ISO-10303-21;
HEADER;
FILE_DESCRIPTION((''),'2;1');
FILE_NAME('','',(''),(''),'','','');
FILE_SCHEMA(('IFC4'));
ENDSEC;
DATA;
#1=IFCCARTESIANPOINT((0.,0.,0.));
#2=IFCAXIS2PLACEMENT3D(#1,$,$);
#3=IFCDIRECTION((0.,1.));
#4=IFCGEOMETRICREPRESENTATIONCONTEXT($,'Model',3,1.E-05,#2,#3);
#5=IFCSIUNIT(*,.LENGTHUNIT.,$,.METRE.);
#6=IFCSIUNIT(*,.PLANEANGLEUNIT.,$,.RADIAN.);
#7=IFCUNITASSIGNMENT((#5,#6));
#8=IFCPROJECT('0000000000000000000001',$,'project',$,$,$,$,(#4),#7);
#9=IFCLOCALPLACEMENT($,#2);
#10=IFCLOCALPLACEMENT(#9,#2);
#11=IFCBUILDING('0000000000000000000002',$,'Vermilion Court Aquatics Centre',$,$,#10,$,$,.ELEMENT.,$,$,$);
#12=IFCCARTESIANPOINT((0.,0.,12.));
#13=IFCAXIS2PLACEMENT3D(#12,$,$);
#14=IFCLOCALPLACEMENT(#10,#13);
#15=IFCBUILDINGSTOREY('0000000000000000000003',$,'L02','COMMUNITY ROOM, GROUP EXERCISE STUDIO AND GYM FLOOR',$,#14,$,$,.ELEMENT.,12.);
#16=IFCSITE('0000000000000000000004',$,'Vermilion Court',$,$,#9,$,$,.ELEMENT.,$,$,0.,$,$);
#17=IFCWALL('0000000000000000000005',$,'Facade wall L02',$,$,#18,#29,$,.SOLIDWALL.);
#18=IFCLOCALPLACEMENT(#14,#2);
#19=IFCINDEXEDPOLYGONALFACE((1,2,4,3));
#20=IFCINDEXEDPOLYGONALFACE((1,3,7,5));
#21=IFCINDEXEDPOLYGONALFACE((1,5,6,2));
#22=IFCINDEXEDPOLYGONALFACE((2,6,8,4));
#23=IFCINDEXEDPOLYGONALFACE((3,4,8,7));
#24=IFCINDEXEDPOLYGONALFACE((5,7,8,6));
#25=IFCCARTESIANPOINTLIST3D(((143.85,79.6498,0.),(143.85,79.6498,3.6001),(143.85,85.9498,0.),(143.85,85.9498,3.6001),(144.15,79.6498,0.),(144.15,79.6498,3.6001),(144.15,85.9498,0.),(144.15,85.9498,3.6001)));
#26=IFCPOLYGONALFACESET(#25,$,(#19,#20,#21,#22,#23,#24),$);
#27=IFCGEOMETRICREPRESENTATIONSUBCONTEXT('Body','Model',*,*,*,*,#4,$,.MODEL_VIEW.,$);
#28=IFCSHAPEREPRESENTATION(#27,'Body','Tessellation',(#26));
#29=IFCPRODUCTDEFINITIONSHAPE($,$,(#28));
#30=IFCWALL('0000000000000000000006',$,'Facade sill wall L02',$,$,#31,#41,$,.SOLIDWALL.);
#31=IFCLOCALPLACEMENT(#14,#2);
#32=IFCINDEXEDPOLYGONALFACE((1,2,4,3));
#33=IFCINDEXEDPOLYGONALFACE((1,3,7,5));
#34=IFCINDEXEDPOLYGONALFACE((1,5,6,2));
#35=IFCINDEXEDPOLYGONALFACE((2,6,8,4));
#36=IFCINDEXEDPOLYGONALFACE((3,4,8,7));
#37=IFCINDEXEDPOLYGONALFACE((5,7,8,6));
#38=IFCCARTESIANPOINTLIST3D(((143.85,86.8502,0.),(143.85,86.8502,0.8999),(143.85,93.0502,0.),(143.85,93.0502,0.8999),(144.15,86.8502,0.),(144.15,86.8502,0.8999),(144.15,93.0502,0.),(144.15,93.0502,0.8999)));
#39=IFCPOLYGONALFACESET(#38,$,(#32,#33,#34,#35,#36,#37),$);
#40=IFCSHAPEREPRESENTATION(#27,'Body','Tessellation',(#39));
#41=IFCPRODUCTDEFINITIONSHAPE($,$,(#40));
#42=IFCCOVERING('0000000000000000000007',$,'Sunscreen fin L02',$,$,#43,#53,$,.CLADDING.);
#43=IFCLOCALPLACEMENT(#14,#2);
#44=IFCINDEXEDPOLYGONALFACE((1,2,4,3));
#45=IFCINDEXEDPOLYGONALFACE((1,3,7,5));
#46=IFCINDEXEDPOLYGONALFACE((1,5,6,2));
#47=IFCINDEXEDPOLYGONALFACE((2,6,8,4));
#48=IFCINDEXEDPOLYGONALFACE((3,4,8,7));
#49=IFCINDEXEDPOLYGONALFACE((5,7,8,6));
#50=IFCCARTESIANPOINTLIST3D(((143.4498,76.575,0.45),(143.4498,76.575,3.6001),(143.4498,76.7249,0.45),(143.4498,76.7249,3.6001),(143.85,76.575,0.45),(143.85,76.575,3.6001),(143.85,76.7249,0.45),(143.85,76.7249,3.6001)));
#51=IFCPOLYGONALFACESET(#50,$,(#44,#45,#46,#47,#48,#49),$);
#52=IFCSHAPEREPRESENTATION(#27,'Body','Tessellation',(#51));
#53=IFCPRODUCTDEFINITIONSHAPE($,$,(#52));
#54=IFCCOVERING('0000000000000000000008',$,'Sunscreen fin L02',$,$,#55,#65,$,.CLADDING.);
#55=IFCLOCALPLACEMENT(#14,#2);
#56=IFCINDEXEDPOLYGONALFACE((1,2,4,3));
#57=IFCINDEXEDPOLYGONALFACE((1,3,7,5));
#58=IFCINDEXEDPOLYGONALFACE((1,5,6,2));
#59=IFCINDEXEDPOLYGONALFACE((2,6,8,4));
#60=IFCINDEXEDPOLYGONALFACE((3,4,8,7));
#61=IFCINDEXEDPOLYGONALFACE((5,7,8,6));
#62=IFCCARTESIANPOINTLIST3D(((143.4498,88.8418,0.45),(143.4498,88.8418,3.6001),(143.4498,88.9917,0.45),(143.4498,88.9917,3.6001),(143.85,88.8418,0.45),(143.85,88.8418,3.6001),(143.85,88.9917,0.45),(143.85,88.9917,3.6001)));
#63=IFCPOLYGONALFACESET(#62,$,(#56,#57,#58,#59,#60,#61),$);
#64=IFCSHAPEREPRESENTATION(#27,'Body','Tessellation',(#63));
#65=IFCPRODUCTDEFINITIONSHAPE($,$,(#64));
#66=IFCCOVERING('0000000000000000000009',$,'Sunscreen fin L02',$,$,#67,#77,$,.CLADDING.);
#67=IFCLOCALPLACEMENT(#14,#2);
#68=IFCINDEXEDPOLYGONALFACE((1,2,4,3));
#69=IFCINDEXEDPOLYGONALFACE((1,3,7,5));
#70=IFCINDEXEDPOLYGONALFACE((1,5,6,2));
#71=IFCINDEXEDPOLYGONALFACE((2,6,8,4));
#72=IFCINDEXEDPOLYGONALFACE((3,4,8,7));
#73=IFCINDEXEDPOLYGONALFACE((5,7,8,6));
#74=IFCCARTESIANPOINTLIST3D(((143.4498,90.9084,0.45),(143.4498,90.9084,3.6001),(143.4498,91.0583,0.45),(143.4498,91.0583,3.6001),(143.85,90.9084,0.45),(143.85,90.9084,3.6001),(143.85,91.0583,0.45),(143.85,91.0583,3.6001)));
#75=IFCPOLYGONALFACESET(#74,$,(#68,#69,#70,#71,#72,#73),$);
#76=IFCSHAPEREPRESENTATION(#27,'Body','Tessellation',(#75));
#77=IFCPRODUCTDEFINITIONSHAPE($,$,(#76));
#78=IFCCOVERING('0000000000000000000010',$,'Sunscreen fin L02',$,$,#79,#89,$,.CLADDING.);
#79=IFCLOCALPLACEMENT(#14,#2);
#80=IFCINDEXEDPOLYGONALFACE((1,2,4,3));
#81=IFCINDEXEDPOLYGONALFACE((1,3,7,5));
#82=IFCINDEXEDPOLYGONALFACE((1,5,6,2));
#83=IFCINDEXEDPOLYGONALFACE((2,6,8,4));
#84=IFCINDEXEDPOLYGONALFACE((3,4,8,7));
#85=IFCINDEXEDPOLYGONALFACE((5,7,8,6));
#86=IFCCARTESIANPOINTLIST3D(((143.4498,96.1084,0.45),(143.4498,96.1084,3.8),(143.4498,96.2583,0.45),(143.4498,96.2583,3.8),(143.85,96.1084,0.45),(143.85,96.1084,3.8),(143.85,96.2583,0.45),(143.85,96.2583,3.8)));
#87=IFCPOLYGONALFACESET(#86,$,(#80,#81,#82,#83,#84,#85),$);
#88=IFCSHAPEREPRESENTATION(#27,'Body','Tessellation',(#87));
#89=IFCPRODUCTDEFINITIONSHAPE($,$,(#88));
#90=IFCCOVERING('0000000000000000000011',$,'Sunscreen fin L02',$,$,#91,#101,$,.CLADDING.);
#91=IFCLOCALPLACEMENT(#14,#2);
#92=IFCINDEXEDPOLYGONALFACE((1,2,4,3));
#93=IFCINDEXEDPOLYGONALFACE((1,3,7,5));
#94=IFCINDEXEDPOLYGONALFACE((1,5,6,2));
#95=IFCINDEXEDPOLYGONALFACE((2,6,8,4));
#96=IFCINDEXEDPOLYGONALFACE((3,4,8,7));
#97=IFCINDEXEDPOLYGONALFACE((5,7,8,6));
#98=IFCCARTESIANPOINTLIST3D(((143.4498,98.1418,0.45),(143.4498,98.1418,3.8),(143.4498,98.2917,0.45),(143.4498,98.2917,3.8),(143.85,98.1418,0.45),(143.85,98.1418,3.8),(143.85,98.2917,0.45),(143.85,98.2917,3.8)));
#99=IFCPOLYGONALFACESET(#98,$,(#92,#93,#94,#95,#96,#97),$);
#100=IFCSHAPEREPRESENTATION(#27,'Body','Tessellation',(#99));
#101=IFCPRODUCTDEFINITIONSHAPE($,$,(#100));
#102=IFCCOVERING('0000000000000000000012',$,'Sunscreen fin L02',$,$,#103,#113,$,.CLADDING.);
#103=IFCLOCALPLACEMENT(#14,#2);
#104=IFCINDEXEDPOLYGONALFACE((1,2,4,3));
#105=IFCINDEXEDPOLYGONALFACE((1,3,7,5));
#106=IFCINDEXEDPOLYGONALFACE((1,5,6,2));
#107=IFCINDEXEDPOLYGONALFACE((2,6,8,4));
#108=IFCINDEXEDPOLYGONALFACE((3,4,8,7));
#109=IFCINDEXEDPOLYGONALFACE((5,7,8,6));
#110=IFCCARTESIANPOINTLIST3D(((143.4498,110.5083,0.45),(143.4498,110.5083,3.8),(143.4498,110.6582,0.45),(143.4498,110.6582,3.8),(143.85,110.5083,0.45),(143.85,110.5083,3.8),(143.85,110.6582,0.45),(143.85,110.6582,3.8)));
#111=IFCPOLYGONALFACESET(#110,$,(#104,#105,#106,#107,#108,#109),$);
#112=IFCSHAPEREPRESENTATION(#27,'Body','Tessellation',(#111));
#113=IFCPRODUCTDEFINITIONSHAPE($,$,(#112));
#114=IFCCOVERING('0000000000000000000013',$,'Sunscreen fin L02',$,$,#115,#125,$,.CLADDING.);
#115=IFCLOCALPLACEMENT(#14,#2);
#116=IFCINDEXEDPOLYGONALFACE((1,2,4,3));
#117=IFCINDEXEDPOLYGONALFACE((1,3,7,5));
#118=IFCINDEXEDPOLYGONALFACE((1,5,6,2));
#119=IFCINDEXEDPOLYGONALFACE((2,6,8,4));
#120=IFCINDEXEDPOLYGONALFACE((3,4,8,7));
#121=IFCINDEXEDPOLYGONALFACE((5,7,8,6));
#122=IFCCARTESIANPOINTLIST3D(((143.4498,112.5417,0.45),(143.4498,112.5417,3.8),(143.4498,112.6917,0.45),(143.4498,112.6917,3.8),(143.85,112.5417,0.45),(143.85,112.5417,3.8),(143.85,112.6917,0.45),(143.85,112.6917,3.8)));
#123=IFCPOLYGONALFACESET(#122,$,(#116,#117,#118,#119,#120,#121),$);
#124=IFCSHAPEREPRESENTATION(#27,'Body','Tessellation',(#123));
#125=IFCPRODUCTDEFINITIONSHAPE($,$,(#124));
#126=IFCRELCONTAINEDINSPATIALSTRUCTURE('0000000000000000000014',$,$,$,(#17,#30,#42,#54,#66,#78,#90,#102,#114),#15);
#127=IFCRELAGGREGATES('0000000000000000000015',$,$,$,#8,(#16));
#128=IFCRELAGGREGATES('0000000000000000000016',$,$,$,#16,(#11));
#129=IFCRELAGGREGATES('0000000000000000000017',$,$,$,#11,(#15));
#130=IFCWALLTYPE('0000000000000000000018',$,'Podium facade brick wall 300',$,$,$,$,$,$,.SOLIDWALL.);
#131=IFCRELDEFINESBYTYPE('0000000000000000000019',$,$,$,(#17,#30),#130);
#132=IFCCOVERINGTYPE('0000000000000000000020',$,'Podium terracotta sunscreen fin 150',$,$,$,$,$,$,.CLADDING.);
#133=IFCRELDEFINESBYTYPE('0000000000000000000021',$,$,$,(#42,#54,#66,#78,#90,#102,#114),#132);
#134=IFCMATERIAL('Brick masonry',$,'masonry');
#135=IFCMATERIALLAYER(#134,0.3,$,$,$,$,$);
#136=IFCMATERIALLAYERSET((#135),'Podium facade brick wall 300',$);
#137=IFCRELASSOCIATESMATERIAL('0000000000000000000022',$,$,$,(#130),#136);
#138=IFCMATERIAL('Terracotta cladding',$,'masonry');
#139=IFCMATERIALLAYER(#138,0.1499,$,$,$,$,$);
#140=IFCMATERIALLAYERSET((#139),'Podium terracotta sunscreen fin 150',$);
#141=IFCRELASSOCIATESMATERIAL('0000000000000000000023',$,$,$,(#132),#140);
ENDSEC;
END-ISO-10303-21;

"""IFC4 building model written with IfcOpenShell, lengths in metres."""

from ifc_helpers import new_model, si_unit, direction, frame, frame_2d, origin, place, context, subcontext, project, spatial, rectangle, extrude, material, layer, layer_set, type_object, element, save


model = new_model("IFC4")

# Units and contexts
model_context = context("Model", 3, precision=1e-05, world=origin(), true_north=direction((0.0, 1.0)))
body_context = subcontext(model_context, "Body", "Model", "MODEL_VIEW")
ifc_project = project(units=[si_unit("LENGTHUNIT", "METRE"), si_unit("PLANEANGLEUNIT", "RADIAN")], contexts=[model_context])

# Site, building, storey
site_placement = place(None, origin())
site = spatial("IfcSite", under=ifc_project, at=site_placement, Name="Vermilion Court", CompositionType="ELEMENT", RefElevation=0.0)
building_placement = place(site_placement, origin())
building = spatial("IfcBuilding", under=site, at=building_placement, Name="Vermilion Court Aquatics Centre", CompositionType="ELEMENT")
storey_placement = place(building_placement, frame((0.0, 0.0, 12.0)))
storey = spatial("IfcBuildingStorey", under=building, at=storey_placement, Name="L02", Description="COMMUNITY ROOM, GROUP EXERCISE STUDIO AND GYM FLOOR", CompositionType="ELEMENT", Elevation=12.0)

# Walls
ifc_material_1 = material(Name="Brick masonry", Category="masonry")
ifc_layer_1 = layer(ifc_material_1, 0.3)
ifc_layer_set_1 = layer_set([ifc_layer_1], Name="Podium facade brick wall 300")
wall_type = type_object("IfcWallType", Name="Podium facade brick wall 300", PredefinedType="SOLIDWALL", material=ifc_layer_set_1)
wall_1_placement = place(storey_placement, frame((144.0, 79.6499, 0.0), z_axis=(0.0, 0.0, 1.0), x_axis=(0.0, 1.0, 0.0)))
element("IfcWall", 1, at=wall_1_placement, inside=storey, type_object=wall_type, Name="Facade wall L02", PredefinedType="SOLIDWALL", context=body_context, shape_type="SweptSolid", body=[
    extrude(rectangle(XDim=6.3, YDim=0.3, at=frame_2d((3.1499, 0.0))), origin(), (0.0, 0.0, 1.0), 3.6001),
])
wall_2_placement = place(storey_placement, frame((144.0, 86.8501, 0.0), z_axis=(0.0, 0.0, 1.0), x_axis=(0.0, 1.0, 0.0)))
element("IfcWall", 2, at=wall_2_placement, inside=storey, type_object=wall_type, Name="Facade sill wall L02", PredefinedType="SOLIDWALL", context=body_context, shape_type="SweptSolid", body=[
    extrude(rectangle(XDim=6.2, YDim=0.3, at=frame_2d((3.1001, 0.0))), origin(), (0.0, 0.0, 1.0), 0.8999),
])

# Coverings
ifc_material_2 = material(Name="Terracotta cladding", Category="masonry")
ifc_layer_2 = layer(ifc_material_2, 0.1499)
ifc_layer_set_2 = layer_set([ifc_layer_2], Name="Podium terracotta sunscreen fin 150")
covering_type = type_object("IfcCoveringType", Name="Podium terracotta sunscreen fin 150", PredefinedType="CLADDING", material=ifc_layer_set_2)
for number, where, z_axis, x_axis, name in (
    (3, (143.8501, 76.6499, 0.45), (0.0, 0.0, 1.0), (-1.0, 0.0, 0.0), "Sunscreen fin L02"),
    (4, (143.8501, 88.9167, 0.45), (0.0, 0.0, 1.0), (-1.0, 0.0, 0.0), "Sunscreen fin L02"),
    (5, (143.8501, 90.9834, 0.45), (0.0, 0.0, 1.0), (-1.0, 0.0, 0.0), "Sunscreen fin L02"),
):
    element("IfcCovering", number, at=place(storey_placement, frame(where, z_axis=z_axis, x_axis=x_axis)), inside=storey, type_object=covering_type, Name=name, PredefinedType="CLADDING", context=body_context, shape_type="SweptSolid", body=[
        extrude(rectangle(XDim=0.4001, YDim=0.1499, at=frame_2d((0.2002, 0.0))), origin(), (0.0, 0.0, 1.0), 3.1501),
    ])
for number, where, z_axis, x_axis, name in (
    (6, (143.8501, 96.1833, 0.45), (0.0, 0.0, 1.0), (-1.0, 0.0, 0.0), "Sunscreen fin L02"),
    (7, (143.8501, 98.2168, 0.45), (0.0, 0.0, 1.0), (-1.0, 0.0, 0.0), "Sunscreen fin L02"),
    (8, (143.8501, 110.5833, 0.45), (0.0, 0.0, 1.0), (-1.0, 0.0, 0.0), "Sunscreen fin L02"),
    (9, (143.8501, 112.6167, 0.45), (0.0, 0.0, 1.0), (-1.0, 0.0, 0.0), "Sunscreen fin L02"),
):
    element("IfcCovering", number, at=place(storey_placement, frame(where, z_axis=z_axis, x_axis=x_axis)), inside=storey, type_object=covering_type, Name=name, PredefinedType="CLADDING", context=body_context, shape_type="SweptSolid", body=[
        extrude(rectangle(XDim=0.4001, YDim=0.1499, at=frame_2d((0.2002, 0.0))), origin(), (0.0, 0.0, 1.0), 3.3501),
    ])

save(model, "model.ifc")
